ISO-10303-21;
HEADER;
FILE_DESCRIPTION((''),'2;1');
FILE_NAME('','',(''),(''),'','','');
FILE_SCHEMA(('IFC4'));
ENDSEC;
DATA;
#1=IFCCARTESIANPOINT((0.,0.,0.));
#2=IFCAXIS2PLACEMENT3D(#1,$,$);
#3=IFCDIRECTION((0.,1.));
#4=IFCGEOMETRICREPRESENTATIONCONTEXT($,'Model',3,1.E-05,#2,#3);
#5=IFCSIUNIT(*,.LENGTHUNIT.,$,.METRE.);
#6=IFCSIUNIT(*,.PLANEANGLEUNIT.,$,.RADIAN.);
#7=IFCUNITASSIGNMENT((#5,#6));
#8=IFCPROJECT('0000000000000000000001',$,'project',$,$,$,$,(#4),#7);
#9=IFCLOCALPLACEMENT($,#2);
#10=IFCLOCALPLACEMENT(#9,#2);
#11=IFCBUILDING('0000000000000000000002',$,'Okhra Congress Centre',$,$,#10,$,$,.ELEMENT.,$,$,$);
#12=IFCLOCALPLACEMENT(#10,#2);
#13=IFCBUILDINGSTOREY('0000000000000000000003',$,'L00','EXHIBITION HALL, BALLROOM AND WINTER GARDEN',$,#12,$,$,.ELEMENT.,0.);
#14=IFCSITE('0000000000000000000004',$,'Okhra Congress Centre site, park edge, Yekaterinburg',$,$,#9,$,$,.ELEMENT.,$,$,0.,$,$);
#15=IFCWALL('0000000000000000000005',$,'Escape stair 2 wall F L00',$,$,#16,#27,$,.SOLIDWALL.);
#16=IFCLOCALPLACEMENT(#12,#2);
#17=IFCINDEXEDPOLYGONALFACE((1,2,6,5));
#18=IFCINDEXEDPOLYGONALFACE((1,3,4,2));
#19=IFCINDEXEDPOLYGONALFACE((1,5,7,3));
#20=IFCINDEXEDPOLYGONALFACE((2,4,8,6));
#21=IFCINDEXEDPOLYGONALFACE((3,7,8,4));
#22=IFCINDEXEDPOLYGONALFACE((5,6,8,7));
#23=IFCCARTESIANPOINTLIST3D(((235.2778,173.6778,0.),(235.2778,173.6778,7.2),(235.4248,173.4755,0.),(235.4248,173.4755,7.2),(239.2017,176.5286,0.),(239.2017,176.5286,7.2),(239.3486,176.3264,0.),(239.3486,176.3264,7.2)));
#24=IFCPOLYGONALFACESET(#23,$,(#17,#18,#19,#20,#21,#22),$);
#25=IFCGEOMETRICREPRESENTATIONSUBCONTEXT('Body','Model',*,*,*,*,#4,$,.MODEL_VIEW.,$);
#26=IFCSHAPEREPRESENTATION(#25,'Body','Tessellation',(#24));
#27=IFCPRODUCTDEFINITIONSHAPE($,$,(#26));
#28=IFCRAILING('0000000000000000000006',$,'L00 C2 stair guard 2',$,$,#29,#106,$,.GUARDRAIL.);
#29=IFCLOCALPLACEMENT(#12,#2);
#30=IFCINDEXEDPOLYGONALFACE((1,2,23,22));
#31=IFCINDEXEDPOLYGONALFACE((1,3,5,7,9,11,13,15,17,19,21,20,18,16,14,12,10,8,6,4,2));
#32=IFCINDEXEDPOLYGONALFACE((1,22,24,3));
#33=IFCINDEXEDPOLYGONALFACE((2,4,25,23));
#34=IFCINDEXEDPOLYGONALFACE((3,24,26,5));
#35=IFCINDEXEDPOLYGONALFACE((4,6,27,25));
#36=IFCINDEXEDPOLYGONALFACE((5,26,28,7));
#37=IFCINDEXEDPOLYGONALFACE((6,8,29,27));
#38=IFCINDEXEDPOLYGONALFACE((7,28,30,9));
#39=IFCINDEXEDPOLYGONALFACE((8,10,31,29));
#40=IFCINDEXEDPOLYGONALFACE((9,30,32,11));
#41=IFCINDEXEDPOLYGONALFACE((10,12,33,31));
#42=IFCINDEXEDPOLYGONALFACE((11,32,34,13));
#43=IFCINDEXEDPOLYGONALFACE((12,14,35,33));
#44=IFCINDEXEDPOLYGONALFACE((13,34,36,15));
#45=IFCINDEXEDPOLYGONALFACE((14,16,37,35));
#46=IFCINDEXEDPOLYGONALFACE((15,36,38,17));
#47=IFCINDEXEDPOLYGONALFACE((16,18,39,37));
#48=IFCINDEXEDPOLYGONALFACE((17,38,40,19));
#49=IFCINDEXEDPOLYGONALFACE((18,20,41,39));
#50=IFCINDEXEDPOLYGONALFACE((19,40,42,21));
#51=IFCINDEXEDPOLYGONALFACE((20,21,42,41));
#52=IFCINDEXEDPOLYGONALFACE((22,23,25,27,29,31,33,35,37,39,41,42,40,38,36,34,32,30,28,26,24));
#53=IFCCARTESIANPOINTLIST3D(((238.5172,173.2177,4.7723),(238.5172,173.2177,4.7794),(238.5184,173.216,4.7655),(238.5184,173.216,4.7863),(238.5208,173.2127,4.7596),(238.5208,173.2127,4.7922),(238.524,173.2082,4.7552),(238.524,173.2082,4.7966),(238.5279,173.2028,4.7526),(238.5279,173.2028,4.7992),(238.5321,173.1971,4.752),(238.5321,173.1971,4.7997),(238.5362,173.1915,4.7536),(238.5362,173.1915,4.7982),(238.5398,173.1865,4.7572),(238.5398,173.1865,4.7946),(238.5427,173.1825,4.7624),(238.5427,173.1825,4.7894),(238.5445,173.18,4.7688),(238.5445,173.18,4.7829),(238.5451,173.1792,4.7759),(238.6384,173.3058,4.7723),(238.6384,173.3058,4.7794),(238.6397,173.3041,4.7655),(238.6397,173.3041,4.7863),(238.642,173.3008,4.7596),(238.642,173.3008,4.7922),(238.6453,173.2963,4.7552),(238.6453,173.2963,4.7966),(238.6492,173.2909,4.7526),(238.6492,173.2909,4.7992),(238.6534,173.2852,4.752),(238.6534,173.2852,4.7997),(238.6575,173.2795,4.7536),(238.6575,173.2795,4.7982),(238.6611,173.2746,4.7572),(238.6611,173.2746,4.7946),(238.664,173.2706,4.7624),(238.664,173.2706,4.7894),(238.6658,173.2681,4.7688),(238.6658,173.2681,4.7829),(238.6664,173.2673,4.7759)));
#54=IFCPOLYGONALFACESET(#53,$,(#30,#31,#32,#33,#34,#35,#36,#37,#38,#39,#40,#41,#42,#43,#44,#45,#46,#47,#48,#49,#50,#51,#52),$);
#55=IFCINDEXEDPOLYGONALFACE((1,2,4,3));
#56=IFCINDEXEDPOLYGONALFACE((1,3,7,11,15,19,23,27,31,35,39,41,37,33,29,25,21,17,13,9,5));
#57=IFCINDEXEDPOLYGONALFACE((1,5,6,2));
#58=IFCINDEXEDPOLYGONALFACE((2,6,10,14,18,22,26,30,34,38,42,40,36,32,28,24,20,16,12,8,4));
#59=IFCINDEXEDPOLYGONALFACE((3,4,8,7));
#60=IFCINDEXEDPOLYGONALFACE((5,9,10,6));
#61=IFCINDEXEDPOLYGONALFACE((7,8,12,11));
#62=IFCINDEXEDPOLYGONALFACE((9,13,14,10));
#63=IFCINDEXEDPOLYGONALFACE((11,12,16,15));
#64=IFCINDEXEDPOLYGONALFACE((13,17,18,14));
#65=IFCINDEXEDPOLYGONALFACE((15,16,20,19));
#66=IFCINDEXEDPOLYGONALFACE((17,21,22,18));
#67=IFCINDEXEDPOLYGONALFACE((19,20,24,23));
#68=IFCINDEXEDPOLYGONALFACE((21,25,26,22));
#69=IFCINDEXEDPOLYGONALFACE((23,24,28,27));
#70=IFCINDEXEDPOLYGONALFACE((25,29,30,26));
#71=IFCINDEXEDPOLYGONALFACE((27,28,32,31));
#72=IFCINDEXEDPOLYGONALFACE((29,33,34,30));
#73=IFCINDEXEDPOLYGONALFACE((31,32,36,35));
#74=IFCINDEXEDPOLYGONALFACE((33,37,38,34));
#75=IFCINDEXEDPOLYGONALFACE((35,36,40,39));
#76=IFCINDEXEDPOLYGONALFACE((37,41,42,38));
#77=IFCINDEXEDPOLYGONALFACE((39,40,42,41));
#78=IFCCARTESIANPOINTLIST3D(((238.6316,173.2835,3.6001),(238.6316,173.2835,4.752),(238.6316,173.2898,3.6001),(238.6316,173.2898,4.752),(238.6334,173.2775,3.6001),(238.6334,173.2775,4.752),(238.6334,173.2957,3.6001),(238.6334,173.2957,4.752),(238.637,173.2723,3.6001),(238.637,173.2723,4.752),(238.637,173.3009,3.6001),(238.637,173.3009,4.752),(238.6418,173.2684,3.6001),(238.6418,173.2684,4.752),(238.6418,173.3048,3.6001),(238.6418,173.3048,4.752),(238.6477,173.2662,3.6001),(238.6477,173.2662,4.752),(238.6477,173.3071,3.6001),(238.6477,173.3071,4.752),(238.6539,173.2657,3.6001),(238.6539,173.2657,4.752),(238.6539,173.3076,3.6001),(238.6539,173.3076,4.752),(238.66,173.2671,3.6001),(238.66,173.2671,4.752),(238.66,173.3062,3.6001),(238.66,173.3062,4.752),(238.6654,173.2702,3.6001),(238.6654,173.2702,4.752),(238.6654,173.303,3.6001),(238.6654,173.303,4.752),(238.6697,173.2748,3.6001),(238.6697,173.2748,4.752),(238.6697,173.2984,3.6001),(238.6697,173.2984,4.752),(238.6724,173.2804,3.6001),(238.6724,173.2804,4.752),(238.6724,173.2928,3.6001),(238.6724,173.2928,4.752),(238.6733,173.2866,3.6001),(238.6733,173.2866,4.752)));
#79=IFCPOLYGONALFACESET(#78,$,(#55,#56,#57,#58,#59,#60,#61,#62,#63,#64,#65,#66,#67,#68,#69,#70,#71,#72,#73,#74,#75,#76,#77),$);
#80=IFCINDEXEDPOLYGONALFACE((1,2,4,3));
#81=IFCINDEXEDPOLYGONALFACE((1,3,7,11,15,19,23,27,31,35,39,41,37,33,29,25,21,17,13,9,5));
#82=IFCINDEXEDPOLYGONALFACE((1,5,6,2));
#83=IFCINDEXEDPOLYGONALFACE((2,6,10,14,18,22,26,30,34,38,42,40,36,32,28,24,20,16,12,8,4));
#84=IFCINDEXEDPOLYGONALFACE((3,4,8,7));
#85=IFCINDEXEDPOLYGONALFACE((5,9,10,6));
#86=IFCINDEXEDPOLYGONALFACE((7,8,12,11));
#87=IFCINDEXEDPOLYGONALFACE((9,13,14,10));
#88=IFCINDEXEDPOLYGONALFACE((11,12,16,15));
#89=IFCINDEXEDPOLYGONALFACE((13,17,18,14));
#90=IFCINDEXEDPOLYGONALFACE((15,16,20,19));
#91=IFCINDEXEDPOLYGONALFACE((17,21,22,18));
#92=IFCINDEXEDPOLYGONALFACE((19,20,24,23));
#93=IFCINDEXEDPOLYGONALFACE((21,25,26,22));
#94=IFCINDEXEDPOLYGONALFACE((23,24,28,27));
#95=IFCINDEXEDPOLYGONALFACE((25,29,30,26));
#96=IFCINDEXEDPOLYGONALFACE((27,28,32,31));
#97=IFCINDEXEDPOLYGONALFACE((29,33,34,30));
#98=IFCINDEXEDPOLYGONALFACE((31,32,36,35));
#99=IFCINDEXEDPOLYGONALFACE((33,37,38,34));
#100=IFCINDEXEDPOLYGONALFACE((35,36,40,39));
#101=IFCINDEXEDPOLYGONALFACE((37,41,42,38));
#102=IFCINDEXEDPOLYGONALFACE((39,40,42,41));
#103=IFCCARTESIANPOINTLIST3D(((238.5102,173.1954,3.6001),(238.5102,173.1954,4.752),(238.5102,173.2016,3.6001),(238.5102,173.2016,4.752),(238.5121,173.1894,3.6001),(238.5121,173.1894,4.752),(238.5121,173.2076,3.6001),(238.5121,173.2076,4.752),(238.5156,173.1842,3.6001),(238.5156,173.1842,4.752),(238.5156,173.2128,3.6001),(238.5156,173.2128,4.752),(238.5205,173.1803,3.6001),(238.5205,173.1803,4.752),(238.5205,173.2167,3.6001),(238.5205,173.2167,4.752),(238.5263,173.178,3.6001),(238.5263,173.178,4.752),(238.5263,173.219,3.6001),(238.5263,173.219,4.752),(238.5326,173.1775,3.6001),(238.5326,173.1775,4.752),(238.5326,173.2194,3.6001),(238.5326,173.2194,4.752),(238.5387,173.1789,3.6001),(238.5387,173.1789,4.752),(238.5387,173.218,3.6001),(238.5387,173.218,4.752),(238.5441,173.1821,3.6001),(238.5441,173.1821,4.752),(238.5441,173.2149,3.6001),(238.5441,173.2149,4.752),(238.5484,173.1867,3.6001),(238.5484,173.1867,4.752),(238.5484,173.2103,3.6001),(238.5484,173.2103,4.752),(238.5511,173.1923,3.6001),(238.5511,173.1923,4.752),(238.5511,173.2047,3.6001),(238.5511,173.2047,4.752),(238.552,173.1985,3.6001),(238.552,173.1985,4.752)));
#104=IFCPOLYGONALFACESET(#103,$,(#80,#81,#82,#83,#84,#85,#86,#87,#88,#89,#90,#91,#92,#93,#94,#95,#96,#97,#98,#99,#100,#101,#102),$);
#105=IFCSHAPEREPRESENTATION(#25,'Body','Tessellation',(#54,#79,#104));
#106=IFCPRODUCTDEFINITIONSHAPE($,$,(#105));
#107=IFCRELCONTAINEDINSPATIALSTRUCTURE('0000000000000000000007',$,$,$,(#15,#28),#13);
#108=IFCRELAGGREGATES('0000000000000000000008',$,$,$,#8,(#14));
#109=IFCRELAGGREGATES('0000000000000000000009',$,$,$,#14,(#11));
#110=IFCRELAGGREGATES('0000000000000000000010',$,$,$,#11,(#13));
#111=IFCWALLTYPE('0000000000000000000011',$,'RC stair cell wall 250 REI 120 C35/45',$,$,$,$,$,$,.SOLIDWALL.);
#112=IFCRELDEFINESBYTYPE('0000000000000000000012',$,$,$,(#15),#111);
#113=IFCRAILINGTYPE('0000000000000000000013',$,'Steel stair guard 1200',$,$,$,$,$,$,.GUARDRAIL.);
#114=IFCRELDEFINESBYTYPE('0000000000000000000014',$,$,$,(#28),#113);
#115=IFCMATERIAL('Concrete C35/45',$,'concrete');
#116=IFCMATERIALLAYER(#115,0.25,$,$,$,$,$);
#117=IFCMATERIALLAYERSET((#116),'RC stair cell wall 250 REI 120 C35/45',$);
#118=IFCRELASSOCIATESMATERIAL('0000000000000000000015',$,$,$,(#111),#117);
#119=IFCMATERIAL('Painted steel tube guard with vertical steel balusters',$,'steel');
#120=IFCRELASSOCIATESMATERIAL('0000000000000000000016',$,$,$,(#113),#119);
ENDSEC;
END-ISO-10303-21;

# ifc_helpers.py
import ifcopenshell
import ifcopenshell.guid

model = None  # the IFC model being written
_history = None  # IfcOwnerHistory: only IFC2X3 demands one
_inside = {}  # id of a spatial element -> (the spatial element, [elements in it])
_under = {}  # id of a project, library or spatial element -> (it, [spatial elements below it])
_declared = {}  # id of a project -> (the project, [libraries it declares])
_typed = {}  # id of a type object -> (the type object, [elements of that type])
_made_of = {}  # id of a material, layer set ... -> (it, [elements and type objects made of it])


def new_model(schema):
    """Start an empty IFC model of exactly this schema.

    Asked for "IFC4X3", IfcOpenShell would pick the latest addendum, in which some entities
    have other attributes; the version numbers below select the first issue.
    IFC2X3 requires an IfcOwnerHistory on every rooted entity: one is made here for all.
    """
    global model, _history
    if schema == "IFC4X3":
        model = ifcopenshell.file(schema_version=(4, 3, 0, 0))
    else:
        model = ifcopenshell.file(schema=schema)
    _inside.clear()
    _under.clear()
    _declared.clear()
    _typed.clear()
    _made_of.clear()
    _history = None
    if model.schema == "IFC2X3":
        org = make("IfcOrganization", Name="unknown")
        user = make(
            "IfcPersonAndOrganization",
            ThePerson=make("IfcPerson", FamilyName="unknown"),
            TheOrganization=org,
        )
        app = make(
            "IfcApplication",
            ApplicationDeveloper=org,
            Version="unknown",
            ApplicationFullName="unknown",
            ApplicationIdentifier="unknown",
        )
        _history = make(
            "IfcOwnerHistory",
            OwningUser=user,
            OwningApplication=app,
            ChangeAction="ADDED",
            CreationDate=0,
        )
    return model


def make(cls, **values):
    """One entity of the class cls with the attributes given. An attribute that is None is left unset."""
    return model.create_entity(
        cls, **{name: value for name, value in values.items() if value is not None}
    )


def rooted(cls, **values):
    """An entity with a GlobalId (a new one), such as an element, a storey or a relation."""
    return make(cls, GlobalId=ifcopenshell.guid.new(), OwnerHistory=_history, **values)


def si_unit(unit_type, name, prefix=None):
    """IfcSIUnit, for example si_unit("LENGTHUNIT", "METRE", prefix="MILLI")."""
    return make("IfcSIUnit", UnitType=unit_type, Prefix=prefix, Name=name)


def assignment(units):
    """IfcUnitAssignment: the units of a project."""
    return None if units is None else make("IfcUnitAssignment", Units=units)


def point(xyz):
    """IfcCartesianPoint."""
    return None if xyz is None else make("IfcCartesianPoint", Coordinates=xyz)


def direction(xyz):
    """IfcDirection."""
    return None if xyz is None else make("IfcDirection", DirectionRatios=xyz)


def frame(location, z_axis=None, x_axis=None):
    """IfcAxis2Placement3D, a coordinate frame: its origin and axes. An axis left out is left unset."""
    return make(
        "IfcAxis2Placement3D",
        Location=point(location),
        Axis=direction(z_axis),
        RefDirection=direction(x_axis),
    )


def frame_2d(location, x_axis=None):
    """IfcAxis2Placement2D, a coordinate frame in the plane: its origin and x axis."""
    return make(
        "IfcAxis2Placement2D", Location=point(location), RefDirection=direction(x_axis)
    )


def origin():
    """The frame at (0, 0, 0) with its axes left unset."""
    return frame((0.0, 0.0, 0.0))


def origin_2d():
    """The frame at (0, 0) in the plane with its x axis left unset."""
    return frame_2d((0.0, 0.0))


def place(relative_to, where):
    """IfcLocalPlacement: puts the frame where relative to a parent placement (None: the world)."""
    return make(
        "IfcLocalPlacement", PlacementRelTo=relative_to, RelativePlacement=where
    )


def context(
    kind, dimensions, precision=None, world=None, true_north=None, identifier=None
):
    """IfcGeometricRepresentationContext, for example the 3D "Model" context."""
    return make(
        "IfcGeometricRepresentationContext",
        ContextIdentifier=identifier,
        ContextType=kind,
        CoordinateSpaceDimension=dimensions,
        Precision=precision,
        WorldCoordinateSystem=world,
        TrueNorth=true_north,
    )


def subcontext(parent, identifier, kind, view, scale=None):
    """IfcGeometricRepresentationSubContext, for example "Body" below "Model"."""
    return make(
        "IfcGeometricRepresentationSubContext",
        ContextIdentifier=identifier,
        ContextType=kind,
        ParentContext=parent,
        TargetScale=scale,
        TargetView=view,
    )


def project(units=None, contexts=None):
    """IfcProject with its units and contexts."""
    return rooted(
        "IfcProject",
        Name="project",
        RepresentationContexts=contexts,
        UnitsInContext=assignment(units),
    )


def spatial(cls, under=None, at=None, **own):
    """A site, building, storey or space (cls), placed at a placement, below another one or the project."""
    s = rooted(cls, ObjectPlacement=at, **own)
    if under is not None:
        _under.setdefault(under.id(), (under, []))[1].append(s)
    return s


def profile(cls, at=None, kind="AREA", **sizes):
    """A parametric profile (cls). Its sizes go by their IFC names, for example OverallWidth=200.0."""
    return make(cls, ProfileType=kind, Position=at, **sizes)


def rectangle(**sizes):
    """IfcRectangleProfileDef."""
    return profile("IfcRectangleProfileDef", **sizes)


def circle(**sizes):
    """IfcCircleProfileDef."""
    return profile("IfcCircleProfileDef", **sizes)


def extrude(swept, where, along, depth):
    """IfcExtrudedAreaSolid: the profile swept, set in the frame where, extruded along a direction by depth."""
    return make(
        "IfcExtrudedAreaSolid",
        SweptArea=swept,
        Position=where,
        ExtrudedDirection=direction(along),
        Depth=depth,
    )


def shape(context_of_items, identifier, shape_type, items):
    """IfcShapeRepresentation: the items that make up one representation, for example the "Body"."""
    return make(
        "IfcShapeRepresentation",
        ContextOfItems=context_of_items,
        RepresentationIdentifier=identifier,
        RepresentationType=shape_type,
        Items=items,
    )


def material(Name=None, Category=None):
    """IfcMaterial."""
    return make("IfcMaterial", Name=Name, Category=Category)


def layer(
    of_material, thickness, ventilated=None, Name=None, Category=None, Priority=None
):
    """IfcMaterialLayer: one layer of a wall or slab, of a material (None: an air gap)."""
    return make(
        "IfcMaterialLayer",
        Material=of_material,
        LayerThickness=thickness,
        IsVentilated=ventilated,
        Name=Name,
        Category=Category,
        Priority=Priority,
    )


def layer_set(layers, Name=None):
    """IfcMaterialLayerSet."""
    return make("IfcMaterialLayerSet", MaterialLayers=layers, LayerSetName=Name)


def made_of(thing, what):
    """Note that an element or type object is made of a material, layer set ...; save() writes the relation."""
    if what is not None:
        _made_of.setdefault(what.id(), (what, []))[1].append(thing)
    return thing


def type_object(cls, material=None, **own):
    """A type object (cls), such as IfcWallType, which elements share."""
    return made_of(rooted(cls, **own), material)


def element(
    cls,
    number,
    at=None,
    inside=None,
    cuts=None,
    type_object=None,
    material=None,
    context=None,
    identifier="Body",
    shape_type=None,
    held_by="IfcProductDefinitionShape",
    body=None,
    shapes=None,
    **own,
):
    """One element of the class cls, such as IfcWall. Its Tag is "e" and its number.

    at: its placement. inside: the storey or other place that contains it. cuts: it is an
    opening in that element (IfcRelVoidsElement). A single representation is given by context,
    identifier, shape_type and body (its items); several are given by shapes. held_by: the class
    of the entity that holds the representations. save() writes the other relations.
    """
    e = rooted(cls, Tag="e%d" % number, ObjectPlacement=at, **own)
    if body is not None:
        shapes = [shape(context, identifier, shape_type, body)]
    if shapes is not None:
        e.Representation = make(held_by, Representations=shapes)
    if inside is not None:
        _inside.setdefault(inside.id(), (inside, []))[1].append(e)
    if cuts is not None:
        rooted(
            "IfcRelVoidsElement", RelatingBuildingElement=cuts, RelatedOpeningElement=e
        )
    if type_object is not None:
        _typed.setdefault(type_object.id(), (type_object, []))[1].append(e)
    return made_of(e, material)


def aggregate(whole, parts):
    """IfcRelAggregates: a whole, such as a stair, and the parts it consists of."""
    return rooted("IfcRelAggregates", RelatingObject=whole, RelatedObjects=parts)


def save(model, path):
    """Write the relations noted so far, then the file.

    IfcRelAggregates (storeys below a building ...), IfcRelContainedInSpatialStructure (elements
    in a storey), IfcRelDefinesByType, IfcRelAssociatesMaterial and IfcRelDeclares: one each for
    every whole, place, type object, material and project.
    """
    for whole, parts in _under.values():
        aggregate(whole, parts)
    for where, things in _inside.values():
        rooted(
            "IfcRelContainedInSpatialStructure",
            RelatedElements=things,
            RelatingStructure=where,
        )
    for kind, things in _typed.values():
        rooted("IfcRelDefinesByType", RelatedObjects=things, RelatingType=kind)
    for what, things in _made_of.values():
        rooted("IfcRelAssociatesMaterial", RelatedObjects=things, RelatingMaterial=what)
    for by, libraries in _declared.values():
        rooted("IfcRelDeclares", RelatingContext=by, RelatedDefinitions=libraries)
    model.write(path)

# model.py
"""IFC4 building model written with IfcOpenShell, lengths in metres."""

from ifc_helpers import new_model, si_unit, direction, frame, frame_2d, origin, origin_2d, place, context, subcontext, project, spatial, rectangle, circle, extrude, material, layer, layer_set, type_object, element, save


model = new_model("IFC4")

# Units and contexts
model_context = context("Model", 3, precision=1e-05, world=origin(), true_north=direction((0.0, 1.0)))
body_context = subcontext(model_context, "Body", "Model", "MODEL_VIEW")
ifc_project = project(units=[si_unit("LENGTHUNIT", "METRE"), si_unit("PLANEANGLEUNIT", "RADIAN")], contexts=[model_context])

# Site, building, storey
site_placement = place(None, origin())
site = spatial("IfcSite", under=ifc_project, at=site_placement, Name="Okhra Congress Centre site, park edge, Yekaterinburg", CompositionType="ELEMENT", RefElevation=0.0)
building_placement = place(site_placement, origin())
building = spatial("IfcBuilding", under=site, at=building_placement, Name="Okhra Congress Centre", CompositionType="ELEMENT")
storey_placement = place(building_placement, origin())
storey = spatial("IfcBuildingStorey", under=building, at=storey_placement, Name="L00", Description="EXHIBITION HALL, BALLROOM AND WINTER GARDEN", CompositionType="ELEMENT", Elevation=0.0)

# Shared definitions
ifc_material_1 = material(Name="Concrete C35/45", Category="concrete")

# Wall
ifc_layer = layer(ifc_material_1, 0.25)
ifc_layer_set = layer_set([ifc_layer], Name="RC stair cell wall 250 REI 120 C35/45")
wall_type = type_object("IfcWallType", Name="RC stair cell wall 250 REI 120 C35/45", PredefinedType="SOLIDWALL", material=ifc_layer_set)
wall_placement = place(storey_placement, frame((235.3513, 173.5767, 0.0), z_axis=(0.0, 0.0, 1.0), x_axis=(0.809017, 0.587786, 0.0)))
element("IfcWall", 1, at=wall_placement, inside=storey, type_object=wall_type, Name="Escape stair 2 wall F L00", PredefinedType="SOLIDWALL", context=body_context, shape_type="SweptSolid", body=[
    extrude(rectangle(XDim=4.8501, YDim=0.25, at=frame_2d((2.425, 0.0))), origin(), (0.0, 0.0, 1.0), 7.2),
])

# Railing
ifc_material_2 = material(Name="Painted steel tube guard with vertical steel balusters", Category="steel")
railing_type = type_object("IfcRailingType", Name="Steel stair guard 1200", PredefinedType="GUARDRAIL", material=ifc_material_2)
railing_1_placement = place(storey_placement, frame((238.6523, 173.2866, 3.6001)))
element("IfcRailing", 2, at=railing_1_placement, inside=storey, type_object=railing_type, Name="L00 C2 stair guard 2", PredefinedType="GUARDRAIL", context=body_context, shape_type="SweptSolid", body=[
    extrude(circle(Radius=0.0239, at=origin_2d()), frame((0.0, 0.0, 1.1758), z_axis=(-0.809088, -0.587688, 0.0), x_axis=(0.587688, -0.809088, 0.0)), (0.0, 0.0, 1.0), 0.1499),
    extrude(circle(Radius=0.021, at=origin_2d()), origin(), (0.0, 0.0, 1.0), 1.1519),
    extrude(circle(Radius=0.021, at=origin_2d()), frame((-0.1213, -0.0881, 0.0)), (0.0, 0.0, 1.0), 1.1519),
])

save(model, "model.ifc")
